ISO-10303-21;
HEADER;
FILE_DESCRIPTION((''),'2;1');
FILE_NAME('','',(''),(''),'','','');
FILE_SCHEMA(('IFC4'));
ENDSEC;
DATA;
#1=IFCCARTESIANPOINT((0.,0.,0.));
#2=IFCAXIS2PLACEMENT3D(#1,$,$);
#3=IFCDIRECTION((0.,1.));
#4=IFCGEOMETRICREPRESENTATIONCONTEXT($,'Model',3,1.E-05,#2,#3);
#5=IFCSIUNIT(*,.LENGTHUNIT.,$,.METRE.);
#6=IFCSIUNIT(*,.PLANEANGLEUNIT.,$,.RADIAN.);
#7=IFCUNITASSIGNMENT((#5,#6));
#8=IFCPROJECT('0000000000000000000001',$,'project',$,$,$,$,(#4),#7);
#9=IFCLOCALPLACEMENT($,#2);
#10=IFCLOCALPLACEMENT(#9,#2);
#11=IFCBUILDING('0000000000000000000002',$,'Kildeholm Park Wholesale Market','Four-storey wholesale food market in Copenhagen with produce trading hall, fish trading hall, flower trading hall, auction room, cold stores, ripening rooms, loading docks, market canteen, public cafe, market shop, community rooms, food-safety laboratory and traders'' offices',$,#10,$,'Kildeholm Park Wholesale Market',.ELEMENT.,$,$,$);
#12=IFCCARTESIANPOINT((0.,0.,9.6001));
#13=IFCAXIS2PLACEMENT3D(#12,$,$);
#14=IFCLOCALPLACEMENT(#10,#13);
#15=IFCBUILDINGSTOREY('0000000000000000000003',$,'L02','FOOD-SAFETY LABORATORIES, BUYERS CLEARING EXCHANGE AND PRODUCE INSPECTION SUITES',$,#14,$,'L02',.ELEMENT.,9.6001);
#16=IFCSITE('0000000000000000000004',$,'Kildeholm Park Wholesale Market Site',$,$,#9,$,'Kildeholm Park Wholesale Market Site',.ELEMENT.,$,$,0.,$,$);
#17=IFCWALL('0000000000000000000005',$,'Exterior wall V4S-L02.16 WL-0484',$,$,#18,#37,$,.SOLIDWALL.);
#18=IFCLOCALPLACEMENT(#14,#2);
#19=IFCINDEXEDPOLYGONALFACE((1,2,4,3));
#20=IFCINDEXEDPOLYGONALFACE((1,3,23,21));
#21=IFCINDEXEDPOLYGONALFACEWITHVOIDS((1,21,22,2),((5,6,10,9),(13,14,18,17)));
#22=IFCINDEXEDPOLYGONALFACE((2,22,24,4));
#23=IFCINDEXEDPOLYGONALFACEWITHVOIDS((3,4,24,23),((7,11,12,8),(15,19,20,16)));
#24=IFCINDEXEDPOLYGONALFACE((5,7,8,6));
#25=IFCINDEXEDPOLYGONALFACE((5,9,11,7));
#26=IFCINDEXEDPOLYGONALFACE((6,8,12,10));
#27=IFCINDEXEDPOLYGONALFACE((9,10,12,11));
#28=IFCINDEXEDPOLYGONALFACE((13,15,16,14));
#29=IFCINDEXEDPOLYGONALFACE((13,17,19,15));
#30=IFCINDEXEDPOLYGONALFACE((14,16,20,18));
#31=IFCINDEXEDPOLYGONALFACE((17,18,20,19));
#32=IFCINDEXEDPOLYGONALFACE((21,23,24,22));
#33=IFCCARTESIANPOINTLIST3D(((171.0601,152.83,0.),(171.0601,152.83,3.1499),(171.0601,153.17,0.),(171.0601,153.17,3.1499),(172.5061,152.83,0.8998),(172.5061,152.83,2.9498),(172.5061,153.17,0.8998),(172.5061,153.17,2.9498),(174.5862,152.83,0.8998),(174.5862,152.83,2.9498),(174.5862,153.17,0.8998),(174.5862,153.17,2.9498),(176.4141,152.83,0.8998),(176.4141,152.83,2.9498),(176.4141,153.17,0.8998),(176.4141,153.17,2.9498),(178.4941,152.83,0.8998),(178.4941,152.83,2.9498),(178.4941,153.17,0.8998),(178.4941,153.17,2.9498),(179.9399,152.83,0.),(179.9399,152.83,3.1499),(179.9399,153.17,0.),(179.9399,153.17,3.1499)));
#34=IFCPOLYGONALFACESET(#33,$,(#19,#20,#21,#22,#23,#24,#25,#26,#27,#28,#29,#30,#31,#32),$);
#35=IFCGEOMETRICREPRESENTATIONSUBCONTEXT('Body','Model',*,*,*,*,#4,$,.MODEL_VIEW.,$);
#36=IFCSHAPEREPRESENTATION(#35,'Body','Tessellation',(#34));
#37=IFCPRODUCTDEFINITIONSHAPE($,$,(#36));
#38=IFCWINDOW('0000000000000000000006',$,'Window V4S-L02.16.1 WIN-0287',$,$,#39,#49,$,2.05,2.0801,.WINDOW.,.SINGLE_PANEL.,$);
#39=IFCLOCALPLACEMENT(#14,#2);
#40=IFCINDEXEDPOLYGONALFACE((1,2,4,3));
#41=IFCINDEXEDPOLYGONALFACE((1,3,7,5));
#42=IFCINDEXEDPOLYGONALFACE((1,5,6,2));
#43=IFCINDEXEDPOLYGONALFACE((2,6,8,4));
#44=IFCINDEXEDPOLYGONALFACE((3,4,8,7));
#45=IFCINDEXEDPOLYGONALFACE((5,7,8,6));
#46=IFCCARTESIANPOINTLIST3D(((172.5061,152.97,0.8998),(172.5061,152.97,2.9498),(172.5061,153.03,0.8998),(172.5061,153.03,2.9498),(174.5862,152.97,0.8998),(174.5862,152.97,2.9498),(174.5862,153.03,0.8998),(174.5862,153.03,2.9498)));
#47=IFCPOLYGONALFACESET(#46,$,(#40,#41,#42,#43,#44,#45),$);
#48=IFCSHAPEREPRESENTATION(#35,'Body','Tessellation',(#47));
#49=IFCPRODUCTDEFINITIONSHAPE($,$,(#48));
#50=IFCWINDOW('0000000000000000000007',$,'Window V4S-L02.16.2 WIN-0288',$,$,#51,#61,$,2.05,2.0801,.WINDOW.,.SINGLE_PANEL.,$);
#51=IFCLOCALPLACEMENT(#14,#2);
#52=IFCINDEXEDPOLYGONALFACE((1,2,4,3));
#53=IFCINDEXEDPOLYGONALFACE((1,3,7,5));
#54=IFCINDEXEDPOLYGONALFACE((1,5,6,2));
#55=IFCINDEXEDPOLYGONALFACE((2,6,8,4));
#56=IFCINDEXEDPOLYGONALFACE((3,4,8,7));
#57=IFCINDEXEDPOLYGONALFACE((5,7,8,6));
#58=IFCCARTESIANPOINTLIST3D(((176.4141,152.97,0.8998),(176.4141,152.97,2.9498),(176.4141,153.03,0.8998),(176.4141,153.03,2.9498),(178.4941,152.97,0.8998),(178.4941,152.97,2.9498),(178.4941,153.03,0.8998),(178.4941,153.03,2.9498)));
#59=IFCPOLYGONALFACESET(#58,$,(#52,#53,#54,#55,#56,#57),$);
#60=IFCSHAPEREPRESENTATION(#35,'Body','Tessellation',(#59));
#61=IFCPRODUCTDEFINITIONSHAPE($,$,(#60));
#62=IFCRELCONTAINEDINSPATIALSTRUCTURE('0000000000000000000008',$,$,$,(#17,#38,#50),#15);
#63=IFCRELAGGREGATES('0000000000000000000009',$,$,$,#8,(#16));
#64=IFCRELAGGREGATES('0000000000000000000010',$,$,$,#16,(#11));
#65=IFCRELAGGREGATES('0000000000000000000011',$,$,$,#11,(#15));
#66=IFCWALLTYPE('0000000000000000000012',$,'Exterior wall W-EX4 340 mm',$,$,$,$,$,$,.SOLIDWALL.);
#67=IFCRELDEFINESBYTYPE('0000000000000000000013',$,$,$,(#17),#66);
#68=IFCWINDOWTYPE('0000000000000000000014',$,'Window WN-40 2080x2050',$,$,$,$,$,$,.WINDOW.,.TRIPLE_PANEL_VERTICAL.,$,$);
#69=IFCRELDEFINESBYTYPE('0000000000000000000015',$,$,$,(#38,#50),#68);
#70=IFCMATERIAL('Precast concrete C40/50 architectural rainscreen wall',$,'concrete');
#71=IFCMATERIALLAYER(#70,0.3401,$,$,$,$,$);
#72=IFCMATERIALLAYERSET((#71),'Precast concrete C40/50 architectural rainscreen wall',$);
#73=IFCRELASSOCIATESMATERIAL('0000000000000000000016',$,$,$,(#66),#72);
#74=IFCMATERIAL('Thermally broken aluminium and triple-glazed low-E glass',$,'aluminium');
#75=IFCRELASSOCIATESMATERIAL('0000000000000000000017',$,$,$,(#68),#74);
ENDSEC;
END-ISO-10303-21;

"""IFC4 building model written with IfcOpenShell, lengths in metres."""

from ifc_helpers import new_model, si_unit, direction, frame, frame_2d, origin, place, context, subcontext, project, spatial, rectangle, extrude, material, layer, layer_set, type_object, element, fill, save


model = new_model("IFC4")

# Units and contexts
model_context = context("Model", 3, precision=1e-05, world=origin(), true_north=direction((0.0, 1.0)))
body_context = subcontext(model_context, "Body", "Model", "MODEL_VIEW")
ifc_project = project(units=[si_unit("LENGTHUNIT", "METRE"), si_unit("PLANEANGLEUNIT", "RADIAN")], contexts=[model_context])

# Site, building, storey
site_placement = place(None, origin())
site = spatial("IfcSite", under=ifc_project, at=site_placement, Name="Kildeholm Park Wholesale Market Site", LongName="Kildeholm Park Wholesale Market Site", CompositionType="ELEMENT", RefElevation=0.0)
building_placement = place(site_placement, origin())
building = spatial("IfcBuilding", under=site, at=building_placement, Name="Kildeholm Park Wholesale Market", Description="Four-storey wholesale food market in Copenhagen with produce trading hall, fish trading hall, flower trading hall, auction room, cold stores, ripening rooms, loading docks, market canteen, public cafe, market shop, community rooms, food-safety laboratory and traders' offices", LongName="Kildeholm Park Wholesale Market", CompositionType="ELEMENT")
storey_placement = place(building_placement, frame((0.0, 0.0, 9.6001)))
storey = spatial("IfcBuildingStorey", under=building, at=storey_placement, Name="L02", Description="FOOD-SAFETY LABORATORIES, BUYERS CLEARING EXCHANGE AND PRODUCE INSPECTION SUITES", LongName="L02", CompositionType="ELEMENT", Elevation=9.6001)

# Wall, openings, windows
ifc_material_1 = material(Name="Thermally broken aluminium and triple-glazed low-E glass", Category="aluminium")
ifc_material_2 = material(Name="Precast concrete C40/50 architectural rainscreen wall", Category="concrete")
ifc_layer_1 = layer(ifc_material_2, 0.3401)
ifc_layer_set_1 = layer_set([ifc_layer_1], Name="Precast concrete C40/50 architectural rainscreen wall")
wall_type_1 = type_object("IfcWallType", Name="Exterior wall W-EX4 340 mm", PredefinedType="SOLIDWALL", material=ifc_layer_set_1)
wall_1_placement = place(storey_placement, frame((171.0601, 153.0, 0.0), z_axis=(0.0, 0.0, 1.0), x_axis=(1.0, 0.0, 0.0)))
wall_1 = element("IfcWall", 1, at=wall_1_placement, inside=storey, type_object=wall_type_1, Name="Exterior wall V4S-L02.16 WL-0484", PredefinedType="SOLIDWALL", context=body_context, shape_type="SweptSolid", body=[
    extrude(rectangle(XDim=8.8799, YDim=0.3401, at=frame_2d((4.4399, 0.0))), origin(), (0.0, 0.0, 1.0), 3.1499),
])
opening_1_placement = place(wall_1_placement, frame((1.446, 0.0, 0.8999)))
opening_1 = element("IfcOpeningElement", 2, at=opening_1_placement, cuts=wall_1, PredefinedType="OPENING", context=body_context, shape_type="SweptSolid", body=[
    extrude(rectangle(XDim=2.0801, YDim=2.05, at=frame_2d((1.04, 1.0249))), frame((0.0, 0.1799, 0.0), z_axis=(0.0, -1.0, 0.0), x_axis=(1.0, 0.0, 0.0)), (0.0, 0.0, 1.0), 0.3601),
])
opening_2_placement = place(wall_1_placement, frame((5.354, 0.0, 0.8999)))
opening_2 = element("IfcOpeningElement", 3, at=opening_2_placement, cuts=wall_1, PredefinedType="OPENING", context=body_context, shape_type="SweptSolid", body=[
    extrude(rectangle(XDim=2.0801, YDim=2.05, at=frame_2d((1.04, 1.0249))), frame((0.0, 0.1799, 0.0), z_axis=(0.0, -1.0, 0.0), x_axis=(1.0, 0.0, 0.0)), (0.0, 0.0, 1.0), 0.3601),
])
window_type_1 = type_object("IfcWindowType", Name="Window WN-40 2080x2050", PartitioningType="TRIPLE_PANEL_VERTICAL", PredefinedType="WINDOW", material=ifc_material_1)
window_1_placement = place(opening_1_placement, origin())
window_1 = element("IfcWindow", 4, at=window_1_placement, inside=storey, type_object=window_type_1, Name="Window V4S-L02.16.1 WIN-0287", OverallHeight=2.05, OverallWidth=2.0801, PartitioningType="SINGLE_PANEL", PredefinedType="WINDOW", context=body_context, shape_type="SweptSolid", body=[
    extrude(rectangle(XDim=2.0801, YDim=2.05, at=frame_2d((1.04, 1.0249))), frame((0.0, 0.03, 0.0), z_axis=(0.0, -1.0, 0.0), x_axis=(1.0, 0.0, 0.0)), (0.0, 0.0, 1.0), 0.0601),
])
fill(opening_1, window_1)
window_2_placement = place(opening_2_placement, origin())
window_2 = element("IfcWindow", 5, at=window_2_placement, inside=storey, type_object=window_type_1, Name="Window V4S-L02.16.2 WIN-0288", OverallHeight=2.05, OverallWidth=2.0801, PartitioningType="SINGLE_PANEL", PredefinedType="WINDOW", context=body_context, shape_type="SweptSolid", body=[
    extrude(rectangle(XDim=2.0801, YDim=2.05, at=frame_2d((1.04, 1.0249))), frame((0.0, 0.03, 0.0), z_axis=(0.0, -1.0, 0.0), x_axis=(1.0, 0.0, 0.0)), (0.0, 0.0, 1.0), 0.0601),
])
fill(opening_2, window_2)

save(model, "model.ifc")
